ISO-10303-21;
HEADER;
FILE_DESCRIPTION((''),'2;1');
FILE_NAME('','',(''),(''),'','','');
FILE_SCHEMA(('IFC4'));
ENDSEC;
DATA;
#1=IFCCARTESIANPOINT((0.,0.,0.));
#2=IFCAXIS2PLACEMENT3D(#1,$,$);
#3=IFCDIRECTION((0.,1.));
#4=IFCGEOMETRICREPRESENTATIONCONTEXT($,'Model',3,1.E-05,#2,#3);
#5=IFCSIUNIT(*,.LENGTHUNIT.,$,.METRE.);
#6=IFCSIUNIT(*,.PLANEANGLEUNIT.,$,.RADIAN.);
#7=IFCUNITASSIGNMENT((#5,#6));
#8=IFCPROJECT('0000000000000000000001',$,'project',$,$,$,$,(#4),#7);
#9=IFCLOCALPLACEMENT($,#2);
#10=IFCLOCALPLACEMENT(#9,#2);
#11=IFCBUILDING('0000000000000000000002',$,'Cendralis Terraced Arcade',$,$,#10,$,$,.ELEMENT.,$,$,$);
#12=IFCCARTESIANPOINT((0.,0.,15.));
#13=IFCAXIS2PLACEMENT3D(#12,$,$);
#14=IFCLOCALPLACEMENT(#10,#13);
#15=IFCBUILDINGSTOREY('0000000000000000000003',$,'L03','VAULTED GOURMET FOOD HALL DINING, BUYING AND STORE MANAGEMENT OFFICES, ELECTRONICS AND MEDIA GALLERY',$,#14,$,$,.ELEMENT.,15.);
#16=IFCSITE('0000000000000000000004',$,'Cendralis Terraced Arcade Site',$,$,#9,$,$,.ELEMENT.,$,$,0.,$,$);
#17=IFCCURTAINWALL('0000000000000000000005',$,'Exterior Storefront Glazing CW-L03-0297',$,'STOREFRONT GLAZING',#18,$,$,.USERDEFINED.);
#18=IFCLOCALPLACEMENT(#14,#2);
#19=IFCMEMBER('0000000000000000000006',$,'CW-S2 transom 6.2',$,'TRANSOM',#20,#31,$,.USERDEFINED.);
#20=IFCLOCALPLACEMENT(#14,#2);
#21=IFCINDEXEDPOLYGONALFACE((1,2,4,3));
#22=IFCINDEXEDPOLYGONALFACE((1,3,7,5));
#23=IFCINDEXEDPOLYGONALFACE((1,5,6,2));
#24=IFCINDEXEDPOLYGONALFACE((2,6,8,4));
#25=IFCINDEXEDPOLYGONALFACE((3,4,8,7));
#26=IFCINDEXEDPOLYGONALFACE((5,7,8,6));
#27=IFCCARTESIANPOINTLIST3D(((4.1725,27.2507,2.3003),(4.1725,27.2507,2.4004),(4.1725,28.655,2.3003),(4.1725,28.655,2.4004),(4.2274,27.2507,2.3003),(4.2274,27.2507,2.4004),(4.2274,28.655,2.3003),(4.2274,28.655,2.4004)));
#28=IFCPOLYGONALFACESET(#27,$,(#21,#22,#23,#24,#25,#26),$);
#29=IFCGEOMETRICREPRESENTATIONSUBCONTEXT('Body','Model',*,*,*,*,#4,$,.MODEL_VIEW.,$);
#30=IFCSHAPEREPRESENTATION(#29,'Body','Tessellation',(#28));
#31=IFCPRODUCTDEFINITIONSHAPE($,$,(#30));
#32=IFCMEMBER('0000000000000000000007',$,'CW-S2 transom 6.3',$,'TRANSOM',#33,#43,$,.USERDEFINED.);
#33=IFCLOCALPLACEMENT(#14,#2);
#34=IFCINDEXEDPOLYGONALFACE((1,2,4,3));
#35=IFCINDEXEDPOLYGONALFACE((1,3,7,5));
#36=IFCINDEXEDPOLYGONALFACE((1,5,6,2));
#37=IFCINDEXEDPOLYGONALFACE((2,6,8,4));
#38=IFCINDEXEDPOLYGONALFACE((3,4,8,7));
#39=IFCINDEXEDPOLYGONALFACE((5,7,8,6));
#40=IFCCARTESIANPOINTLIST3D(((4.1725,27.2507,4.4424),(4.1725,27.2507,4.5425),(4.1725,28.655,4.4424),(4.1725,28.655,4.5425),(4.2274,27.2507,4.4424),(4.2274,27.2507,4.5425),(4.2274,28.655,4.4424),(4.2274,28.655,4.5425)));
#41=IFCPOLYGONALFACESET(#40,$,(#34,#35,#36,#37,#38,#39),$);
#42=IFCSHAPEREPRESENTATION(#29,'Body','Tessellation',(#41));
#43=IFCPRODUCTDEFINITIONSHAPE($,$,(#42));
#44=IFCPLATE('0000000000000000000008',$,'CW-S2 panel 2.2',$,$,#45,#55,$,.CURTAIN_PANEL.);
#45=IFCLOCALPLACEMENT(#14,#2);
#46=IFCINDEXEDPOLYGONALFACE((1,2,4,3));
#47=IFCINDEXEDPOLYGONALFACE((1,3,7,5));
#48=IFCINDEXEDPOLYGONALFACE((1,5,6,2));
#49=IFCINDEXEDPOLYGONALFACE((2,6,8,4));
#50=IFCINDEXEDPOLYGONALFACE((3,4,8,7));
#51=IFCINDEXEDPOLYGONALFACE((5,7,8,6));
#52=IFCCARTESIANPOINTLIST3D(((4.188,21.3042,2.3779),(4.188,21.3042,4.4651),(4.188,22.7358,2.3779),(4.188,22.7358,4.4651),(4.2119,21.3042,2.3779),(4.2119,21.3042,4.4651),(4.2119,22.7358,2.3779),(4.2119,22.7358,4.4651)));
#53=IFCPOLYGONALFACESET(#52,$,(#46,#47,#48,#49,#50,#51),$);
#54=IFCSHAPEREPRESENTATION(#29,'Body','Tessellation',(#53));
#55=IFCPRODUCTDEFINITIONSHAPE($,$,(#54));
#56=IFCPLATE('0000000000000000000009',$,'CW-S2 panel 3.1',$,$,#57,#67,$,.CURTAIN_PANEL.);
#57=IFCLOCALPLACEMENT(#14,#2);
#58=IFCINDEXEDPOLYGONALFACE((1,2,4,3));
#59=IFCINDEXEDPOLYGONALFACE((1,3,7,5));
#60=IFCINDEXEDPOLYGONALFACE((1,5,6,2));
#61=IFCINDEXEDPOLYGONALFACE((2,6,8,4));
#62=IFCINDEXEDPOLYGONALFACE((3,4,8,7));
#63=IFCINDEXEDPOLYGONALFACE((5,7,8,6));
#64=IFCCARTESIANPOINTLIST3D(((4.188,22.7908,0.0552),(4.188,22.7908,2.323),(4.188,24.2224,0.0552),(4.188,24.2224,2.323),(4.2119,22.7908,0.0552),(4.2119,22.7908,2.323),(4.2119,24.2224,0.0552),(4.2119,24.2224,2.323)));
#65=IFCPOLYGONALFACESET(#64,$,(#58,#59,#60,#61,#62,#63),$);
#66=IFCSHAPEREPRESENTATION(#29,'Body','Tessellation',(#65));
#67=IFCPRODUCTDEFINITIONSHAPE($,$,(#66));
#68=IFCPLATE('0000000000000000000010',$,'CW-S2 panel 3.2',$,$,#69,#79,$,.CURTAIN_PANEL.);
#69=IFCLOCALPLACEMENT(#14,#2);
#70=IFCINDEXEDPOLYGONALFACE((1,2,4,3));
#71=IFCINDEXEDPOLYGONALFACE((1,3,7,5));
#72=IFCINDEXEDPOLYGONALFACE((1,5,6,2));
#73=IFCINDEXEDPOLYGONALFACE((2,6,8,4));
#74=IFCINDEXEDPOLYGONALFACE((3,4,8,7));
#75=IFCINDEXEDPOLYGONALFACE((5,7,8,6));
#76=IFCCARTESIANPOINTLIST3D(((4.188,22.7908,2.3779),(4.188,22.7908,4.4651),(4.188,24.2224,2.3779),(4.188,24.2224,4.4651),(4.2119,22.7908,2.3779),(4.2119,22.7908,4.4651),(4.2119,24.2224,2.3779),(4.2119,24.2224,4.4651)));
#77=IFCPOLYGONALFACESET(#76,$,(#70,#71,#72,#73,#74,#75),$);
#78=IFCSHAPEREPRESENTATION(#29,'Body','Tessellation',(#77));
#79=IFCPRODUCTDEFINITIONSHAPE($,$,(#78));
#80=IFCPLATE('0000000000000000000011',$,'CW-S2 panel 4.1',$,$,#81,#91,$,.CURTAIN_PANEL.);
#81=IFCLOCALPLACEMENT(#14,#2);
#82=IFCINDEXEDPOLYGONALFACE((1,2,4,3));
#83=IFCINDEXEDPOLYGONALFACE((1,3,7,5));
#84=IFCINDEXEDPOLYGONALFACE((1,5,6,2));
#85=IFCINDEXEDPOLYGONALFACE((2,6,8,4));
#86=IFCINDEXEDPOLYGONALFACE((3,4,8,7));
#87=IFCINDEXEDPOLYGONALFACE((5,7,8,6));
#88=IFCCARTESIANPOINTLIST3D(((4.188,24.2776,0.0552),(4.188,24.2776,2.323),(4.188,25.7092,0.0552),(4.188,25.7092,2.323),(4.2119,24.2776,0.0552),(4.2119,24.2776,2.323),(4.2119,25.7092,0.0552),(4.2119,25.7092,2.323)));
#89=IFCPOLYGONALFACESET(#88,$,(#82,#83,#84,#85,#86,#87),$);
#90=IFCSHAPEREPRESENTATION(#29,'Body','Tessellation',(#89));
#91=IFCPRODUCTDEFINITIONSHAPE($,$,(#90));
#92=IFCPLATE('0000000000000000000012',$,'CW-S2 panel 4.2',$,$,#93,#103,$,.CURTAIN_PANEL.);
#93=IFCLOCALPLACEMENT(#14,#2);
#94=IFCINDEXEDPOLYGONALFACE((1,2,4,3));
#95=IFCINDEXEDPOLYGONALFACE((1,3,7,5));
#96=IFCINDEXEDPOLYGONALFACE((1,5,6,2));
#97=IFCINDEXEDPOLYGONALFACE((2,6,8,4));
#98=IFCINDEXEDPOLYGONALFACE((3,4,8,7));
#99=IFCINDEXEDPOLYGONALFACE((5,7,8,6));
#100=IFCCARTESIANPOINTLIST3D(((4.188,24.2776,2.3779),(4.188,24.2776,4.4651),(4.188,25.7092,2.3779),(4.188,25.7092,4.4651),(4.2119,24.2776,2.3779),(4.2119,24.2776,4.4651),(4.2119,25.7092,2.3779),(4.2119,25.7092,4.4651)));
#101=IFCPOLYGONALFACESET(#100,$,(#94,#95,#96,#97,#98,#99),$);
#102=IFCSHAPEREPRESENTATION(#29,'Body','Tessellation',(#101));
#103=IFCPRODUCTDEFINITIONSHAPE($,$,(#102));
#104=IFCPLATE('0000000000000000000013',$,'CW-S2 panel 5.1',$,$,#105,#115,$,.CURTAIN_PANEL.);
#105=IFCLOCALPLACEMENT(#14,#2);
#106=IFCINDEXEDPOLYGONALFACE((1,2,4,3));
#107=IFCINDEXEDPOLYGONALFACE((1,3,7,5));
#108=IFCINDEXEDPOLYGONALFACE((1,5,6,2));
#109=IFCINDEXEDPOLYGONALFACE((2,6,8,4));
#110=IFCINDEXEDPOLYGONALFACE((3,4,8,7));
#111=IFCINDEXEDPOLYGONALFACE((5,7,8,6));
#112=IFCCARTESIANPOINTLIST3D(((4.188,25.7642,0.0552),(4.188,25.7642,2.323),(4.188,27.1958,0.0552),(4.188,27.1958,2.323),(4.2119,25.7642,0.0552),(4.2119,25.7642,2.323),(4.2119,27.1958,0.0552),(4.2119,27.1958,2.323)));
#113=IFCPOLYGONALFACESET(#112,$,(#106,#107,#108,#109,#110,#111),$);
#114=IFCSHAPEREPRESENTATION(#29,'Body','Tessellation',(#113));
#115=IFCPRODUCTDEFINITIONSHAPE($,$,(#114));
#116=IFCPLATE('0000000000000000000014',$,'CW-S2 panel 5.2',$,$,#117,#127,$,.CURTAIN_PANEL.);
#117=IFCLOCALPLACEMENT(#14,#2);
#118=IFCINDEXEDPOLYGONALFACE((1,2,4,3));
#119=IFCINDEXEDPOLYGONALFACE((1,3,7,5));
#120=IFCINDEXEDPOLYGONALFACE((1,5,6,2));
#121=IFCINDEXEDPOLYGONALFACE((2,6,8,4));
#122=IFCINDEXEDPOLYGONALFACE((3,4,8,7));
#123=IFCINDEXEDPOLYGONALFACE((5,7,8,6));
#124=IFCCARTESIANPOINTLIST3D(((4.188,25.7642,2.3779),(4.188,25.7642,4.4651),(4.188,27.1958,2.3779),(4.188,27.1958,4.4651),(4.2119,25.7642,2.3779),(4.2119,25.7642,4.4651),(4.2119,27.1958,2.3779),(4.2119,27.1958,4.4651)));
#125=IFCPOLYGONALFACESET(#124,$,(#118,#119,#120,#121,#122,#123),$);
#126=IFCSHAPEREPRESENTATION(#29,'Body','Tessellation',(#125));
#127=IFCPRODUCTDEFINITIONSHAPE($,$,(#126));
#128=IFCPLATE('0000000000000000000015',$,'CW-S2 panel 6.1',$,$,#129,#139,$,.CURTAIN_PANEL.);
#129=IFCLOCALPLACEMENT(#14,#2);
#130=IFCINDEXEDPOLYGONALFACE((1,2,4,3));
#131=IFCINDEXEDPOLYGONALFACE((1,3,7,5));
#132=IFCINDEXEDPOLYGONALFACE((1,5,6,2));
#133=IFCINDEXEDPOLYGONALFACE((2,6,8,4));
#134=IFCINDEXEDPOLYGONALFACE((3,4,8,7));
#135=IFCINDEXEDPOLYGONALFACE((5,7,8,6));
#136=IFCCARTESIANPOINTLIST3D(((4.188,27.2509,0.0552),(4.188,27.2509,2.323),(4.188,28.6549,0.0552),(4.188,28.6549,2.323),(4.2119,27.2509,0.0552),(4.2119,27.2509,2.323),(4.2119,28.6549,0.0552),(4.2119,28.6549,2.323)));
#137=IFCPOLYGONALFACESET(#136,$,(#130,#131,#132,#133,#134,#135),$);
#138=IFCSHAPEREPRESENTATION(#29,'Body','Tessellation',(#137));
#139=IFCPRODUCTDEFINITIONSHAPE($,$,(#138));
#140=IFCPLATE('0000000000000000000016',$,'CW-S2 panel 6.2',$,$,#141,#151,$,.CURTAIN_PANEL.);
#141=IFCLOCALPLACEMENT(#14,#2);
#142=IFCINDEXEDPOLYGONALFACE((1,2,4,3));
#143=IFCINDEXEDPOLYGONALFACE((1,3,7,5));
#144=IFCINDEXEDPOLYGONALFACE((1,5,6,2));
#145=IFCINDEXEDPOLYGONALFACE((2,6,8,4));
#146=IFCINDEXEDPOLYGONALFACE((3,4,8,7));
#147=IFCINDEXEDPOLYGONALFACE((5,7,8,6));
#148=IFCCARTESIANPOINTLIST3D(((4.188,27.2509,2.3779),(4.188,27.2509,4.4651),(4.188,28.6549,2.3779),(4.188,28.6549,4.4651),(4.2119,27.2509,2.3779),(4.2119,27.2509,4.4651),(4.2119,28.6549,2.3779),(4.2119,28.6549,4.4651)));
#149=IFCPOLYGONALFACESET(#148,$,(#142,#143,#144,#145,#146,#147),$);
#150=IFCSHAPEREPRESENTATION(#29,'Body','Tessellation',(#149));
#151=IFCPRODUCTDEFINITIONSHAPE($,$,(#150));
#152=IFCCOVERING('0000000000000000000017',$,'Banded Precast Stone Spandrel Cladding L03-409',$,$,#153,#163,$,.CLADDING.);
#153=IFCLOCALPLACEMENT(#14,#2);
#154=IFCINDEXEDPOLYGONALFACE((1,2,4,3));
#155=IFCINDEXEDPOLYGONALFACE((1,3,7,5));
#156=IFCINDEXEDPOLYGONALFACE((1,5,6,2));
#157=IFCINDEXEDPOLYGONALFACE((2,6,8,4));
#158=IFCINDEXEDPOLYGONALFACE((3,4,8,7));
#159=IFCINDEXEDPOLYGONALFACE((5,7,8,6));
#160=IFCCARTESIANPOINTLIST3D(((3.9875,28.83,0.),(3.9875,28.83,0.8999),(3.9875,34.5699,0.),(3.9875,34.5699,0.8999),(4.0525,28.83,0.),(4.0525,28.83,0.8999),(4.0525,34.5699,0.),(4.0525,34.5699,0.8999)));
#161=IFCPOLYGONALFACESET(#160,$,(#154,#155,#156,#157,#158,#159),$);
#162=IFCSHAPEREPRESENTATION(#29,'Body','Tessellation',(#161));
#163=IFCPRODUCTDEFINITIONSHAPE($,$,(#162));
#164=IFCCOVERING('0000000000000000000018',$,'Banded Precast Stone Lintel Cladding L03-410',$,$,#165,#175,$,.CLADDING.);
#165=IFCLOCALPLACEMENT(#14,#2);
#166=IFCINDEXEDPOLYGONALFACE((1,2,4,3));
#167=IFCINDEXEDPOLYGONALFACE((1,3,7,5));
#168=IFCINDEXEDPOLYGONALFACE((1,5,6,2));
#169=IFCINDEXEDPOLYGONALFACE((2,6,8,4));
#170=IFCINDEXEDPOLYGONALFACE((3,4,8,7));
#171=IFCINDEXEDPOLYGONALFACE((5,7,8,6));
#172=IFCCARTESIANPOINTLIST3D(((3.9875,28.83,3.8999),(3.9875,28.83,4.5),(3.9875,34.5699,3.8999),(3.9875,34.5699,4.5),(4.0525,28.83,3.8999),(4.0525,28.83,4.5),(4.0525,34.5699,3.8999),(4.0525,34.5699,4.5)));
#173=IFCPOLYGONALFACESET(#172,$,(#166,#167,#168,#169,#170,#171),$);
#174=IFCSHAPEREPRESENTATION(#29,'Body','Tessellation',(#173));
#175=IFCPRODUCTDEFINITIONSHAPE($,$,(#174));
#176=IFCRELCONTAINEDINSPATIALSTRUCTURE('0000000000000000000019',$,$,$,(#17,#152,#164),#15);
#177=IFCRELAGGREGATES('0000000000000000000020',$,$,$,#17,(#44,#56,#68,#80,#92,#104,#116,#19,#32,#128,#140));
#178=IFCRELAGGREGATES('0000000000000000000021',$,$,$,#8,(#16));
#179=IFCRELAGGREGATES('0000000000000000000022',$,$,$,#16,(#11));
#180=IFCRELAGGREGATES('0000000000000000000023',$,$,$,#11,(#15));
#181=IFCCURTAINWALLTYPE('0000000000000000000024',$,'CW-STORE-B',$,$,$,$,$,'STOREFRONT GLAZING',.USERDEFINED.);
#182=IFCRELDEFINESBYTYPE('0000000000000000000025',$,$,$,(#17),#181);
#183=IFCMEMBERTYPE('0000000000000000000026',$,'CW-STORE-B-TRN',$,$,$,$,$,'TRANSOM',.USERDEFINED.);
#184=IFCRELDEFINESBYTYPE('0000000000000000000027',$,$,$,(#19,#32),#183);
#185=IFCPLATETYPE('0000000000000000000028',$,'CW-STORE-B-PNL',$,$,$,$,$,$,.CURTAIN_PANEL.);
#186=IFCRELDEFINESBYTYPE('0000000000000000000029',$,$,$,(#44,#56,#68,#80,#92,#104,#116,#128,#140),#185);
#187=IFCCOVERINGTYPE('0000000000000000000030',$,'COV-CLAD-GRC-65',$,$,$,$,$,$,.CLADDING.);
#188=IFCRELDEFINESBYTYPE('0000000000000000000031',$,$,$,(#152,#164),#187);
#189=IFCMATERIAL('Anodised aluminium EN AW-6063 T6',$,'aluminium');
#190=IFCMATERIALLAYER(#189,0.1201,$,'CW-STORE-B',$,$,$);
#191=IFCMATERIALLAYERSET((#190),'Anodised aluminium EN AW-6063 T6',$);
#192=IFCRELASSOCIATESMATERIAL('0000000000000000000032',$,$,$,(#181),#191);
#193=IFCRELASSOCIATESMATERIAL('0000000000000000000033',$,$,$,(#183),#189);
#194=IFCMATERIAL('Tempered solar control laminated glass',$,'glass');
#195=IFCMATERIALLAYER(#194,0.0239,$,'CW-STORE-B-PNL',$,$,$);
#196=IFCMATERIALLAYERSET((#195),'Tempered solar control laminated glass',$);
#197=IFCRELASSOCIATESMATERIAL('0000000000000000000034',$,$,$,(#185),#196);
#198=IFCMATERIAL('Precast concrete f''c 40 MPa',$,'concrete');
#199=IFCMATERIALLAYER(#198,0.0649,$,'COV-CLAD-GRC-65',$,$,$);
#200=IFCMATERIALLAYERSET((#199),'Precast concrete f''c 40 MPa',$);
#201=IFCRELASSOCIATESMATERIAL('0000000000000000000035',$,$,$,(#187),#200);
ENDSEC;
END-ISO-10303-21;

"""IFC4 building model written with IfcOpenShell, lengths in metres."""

from ifc_helpers import new_model, si_unit, direction, frame, origin, origin_2d, place, context, subcontext, project, spatial, rectangle, extrude, material, layer, layer_set, material_profile, profile_set, type_object, element, aggregate, save


model = new_model("IFC4")

# Units and contexts
model_context = context("Model", 3, precision=1e-05, world=origin(), true_north=direction((0.0, 1.0)))
body_context = subcontext(model_context, "Body", "Model", "MODEL_VIEW")
ifc_project = project(units=[si_unit("LENGTHUNIT", "METRE"), si_unit("PLANEANGLEUNIT", "RADIAN")], contexts=[model_context])

# Site, building, storey
site_placement = place(None, origin())
site = spatial("IfcSite", under=ifc_project, at=site_placement, Name="Cendralis Terraced Arcade Site", CompositionType="ELEMENT", RefElevation=0.0)
building_placement = place(site_placement, origin())
building = spatial("IfcBuilding", under=site, at=building_placement, Name="Cendralis Terraced Arcade", CompositionType="ELEMENT")
storey_placement = place(building_placement, frame((0.0, 0.0, 15.0)))
storey = spatial("IfcBuildingStorey", under=building, at=storey_placement, Name="L03", Description="VAULTED GOURMET FOOD HALL DINING, BUYING AND STORE MANAGEMENT OFFICES, ELECTRONICS AND MEDIA GALLERY", CompositionType="ELEMENT", Elevation=15.0)

# Curtain wall, members, plates
ifc_material_1 = material(Name="Anodised aluminium EN AW-6063 T6", Category="aluminium")
ifc_layer_1 = layer(ifc_material_1, 0.1201, Name="CW-STORE-B")
ifc_layer_set_1 = layer_set([ifc_layer_1], Name="Anodised aluminium EN AW-6063 T6")
curtain_wall_type = type_object("IfcCurtainWallType", Name="CW-STORE-B", ElementType="STOREFRONT GLAZING", PredefinedType="USERDEFINED", material=ifc_layer_set_1)
curtain_wall_placement = place(storey_placement, origin())
curtain_wall = element("IfcCurtainWall", 1, at=curtain_wall_placement, inside=storey, type_object=curtain_wall_type, Name="Exterior Storefront Glazing CW-L03-0297", ObjectType="STOREFRONT GLAZING", PredefinedType="USERDEFINED")
ifc_material_profile_1 = material_profile(ifc_material_1, rectangle(XDim=0.0549, YDim=0.1001, at=origin_2d()), Name="ALU-TRN-55x100")
ifc_profile_set_1 = profile_set([ifc_material_profile_1], Name="Anodised aluminium EN AW-6063 T6")
member_type_1 = type_object("IfcMemberType", Name="CW-STORE-B-TRN", ElementType="TRANSOM", PredefinedType="USERDEFINED", material=ifc_profile_set_1)
member_1_placement = place(storey_placement, frame((4.2, 27.2507, 2.3503), z_axis=(0.0, 1.0, 0.0), x_axis=(-1.0, 0.0, 0.0)))
member_1 = element("IfcMember", 2, at=member_1_placement, type_object=member_type_1, Name="CW-S2 transom 6.2", ObjectType="TRANSOM", PredefinedType="USERDEFINED", context=body_context, shape_type="SweptSolid", body=[
    extrude(rectangle(XDim=0.0549, YDim=0.1001, at=origin_2d()), origin(), (0.0, 0.0, 1.0), 1.4043),
])
member_2_placement = place(storey_placement, frame((4.2, 27.2507, 4.4924), z_axis=(0.0, 1.0, 0.0), x_axis=(-1.0, 0.0, 0.0)))
member_2 = element("IfcMember", 3, at=member_2_placement, type_object=member_type_1, Name="CW-S2 transom 6.3", ObjectType="TRANSOM", PredefinedType="USERDEFINED", context=body_context, shape_type="SweptSolid", body=[
    extrude(rectangle(XDim=0.0549, YDim=0.1001, at=origin_2d()), origin(), (0.0, 0.0, 1.0), 1.4043),
])
ifc_material_2 = material(Name="Tempered solar control laminated glass", Category="glass")
ifc_layer_2 = layer(ifc_material_2, 0.0239, Name="CW-STORE-B-PNL")
ifc_layer_set_2 = layer_set([ifc_layer_2], Name="Tempered solar control laminated glass")
plate_type = type_object("IfcPlateType", Name="CW-STORE-B-PNL", PredefinedType="CURTAIN_PANEL", material=ifc_layer_set_2)
plate_1_placement = place(storey_placement, frame((4.2, 22.02, 2.3779), z_axis=(0.0, 0.0, 1.0), x_axis=(0.0, 1.0, 0.0)))
plate_1 = element("IfcPlate", 4, at=plate_1_placement, type_object=plate_type, Name="CW-S2 panel 2.2", PredefinedType="CURTAIN_PANEL", context=body_context, shape_type="SweptSolid", body=[
    extrude(rectangle(XDim=1.4316, YDim=0.0239, at=origin_2d()), origin(), (0.0, 0.0, 1.0), 2.0872),
])
plate_2_placement = place(storey_placement, frame((4.2, 23.5066, 0.0552), z_axis=(0.0, 0.0, 1.0), x_axis=(0.0, 1.0, 0.0)))
plate_2 = element("IfcPlate", 5, at=plate_2_placement, type_object=plate_type, Name="CW-S2 panel 3.1", PredefinedType="CURTAIN_PANEL", context=body_context, shape_type="SweptSolid", body=[
    extrude(rectangle(XDim=1.4316, YDim=0.0239, at=origin_2d()), origin(), (0.0, 0.0, 1.0), 2.2678),
])
plate_3_placement = place(storey_placement, frame((4.2, 23.5066, 2.3779), z_axis=(0.0, 0.0, 1.0), x_axis=(0.0, 1.0, 0.0)))
plate_3 = element("IfcPlate", 6, at=plate_3_placement, type_object=plate_type, Name="CW-S2 panel 3.2", PredefinedType="CURTAIN_PANEL", context=body_context, shape_type="SweptSolid", body=[
    extrude(rectangle(XDim=1.4316, YDim=0.0239, at=origin_2d()), origin(), (0.0, 0.0, 1.0), 2.0872),
])
plate_4_placement = place(storey_placement, frame((4.2, 24.9934, 0.0552), z_axis=(0.0, 0.0, 1.0), x_axis=(0.0, 1.0, 0.0)))
plate_4 = element("IfcPlate", 7, at=plate_4_placement, type_object=plate_type, Name="CW-S2 panel 4.1", PredefinedType="CURTAIN_PANEL", context=body_context, shape_type="SweptSolid", body=[
    extrude(rectangle(XDim=1.4316, YDim=0.0239, at=origin_2d()), origin(), (0.0, 0.0, 1.0), 2.2678),
])
plate_5_placement = place(storey_placement, frame((4.2, 24.9934, 2.3779), z_axis=(0.0, 0.0, 1.0), x_axis=(0.0, 1.0, 0.0)))
plate_5 = element("IfcPlate", 8, at=plate_5_placement, type_object=plate_type, Name="CW-S2 panel 4.2", PredefinedType="CURTAIN_PANEL", context=body_context, shape_type="SweptSolid", body=[
    extrude(rectangle(XDim=1.4316, YDim=0.0239, at=origin_2d()), origin(), (0.0, 0.0, 1.0), 2.0872),
])
plate_6_placement = place(storey_placement, frame((4.2, 26.48, 0.0552), z_axis=(0.0, 0.0, 1.0), x_axis=(0.0, 1.0, 0.0)))
plate_6 = element("IfcPlate", 9, at=plate_6_placement, type_object=plate_type, Name="CW-S2 panel 5.1", PredefinedType="CURTAIN_PANEL", context=body_context, shape_type="SweptSolid", body=[
    extrude(rectangle(XDim=1.4316, YDim=0.0239, at=origin_2d()), origin(), (0.0, 0.0, 1.0), 2.2678),
])
plate_7_placement = place(storey_placement, frame((4.2, 26.48, 2.3779), z_axis=(0.0, 0.0, 1.0), x_axis=(0.0, 1.0, 0.0)))
plate_7 = element("IfcPlate", 10, at=plate_7_placement, type_object=plate_type, Name="CW-S2 panel 5.2", PredefinedType="CURTAIN_PANEL", context=body_context, shape_type="SweptSolid", body=[
    extrude(rectangle(XDim=1.4316, YDim=0.0239, at=origin_2d()), origin(), (0.0, 0.0, 1.0), 2.0872),
])
plate_8_placement = place(storey_placement, frame((4.2, 27.9529, 0.0552), z_axis=(0.0, 0.0, 1.0), x_axis=(0.0, 1.0, 0.0)))
plate_8 = element("IfcPlate", 11, at=plate_8_placement, type_object=plate_type, Name="CW-S2 panel 6.1", PredefinedType="CURTAIN_PANEL", context=body_context, shape_type="SweptSolid", body=[
    extrude(rectangle(XDim=1.4041, YDim=0.0239, at=origin_2d()), origin(), (0.0, 0.0, 1.0), 2.2678),
])
plate_9_placement = place(storey_placement, frame((4.2, 27.9529, 2.3779), z_axis=(0.0, 0.0, 1.0), x_axis=(0.0, 1.0, 0.0)))
plate_9 = element("IfcPlate", 12, at=plate_9_placement, type_object=plate_type, Name="CW-S2 panel 6.2", PredefinedType="CURTAIN_PANEL", context=body_context, shape_type="SweptSolid", body=[
    extrude(rectangle(XDim=1.4041, YDim=0.0239, at=origin_2d()), origin(), (0.0, 0.0, 1.0), 2.0872),
])
aggregate(curtain_wall, [plate_1, plate_2, plate_3, plate_4, plate_5, plate_6, plate_7, member_1, member_2, plate_8, plate_9])

# Coverings
ifc_material_3 = material(Name="Precast concrete f'c 40 MPa", Category="concrete")
ifc_layer_3 = layer(ifc_material_3, 0.0649, Name="COV-CLAD-GRC-65")
ifc_layer_set_3 = layer_set([ifc_layer_3], Name="Precast concrete f'c 40 MPa")
covering_type = type_object("IfcCoveringType", Name="COV-CLAD-GRC-65", PredefinedType="CLADDING", material=ifc_layer_set_3)
covering_1_placement = place(storey_placement, frame((4.02, 31.7, 0.0), z_axis=(0.0, 0.0, 1.0), x_axis=(0.0, 1.0, 0.0)))
element("IfcCovering", 13, at=covering_1_placement, inside=storey, type_object=covering_type, Name="Banded Precast Stone Spandrel Cladding L03-409", PredefinedType="CLADDING", context=body_context, shape_type="SweptSolid", body=[
    extrude(rectangle(XDim=5.74, YDim=0.0649, at=origin_2d()), origin(), (0.0, 0.0, 1.0), 0.8999),
])
covering_2_placement = place(storey_placement, frame((4.02, 31.7, 3.8999), z_axis=(0.0, 0.0, 1.0), x_axis=(0.0, 1.0, 0.0)))
element("IfcCovering", 14, at=covering_2_placement, inside=storey, type_object=covering_type, Name="Banded Precast Stone Lintel Cladding L03-410", PredefinedType="CLADDING", context=body_context, shape_type="SweptSolid", body=[
    extrude(rectangle(XDim=5.74, YDim=0.0649, at=origin_2d()), origin(), (0.0, 0.0, 1.0), 0.6001),
])

save(model, "model.ifc")
